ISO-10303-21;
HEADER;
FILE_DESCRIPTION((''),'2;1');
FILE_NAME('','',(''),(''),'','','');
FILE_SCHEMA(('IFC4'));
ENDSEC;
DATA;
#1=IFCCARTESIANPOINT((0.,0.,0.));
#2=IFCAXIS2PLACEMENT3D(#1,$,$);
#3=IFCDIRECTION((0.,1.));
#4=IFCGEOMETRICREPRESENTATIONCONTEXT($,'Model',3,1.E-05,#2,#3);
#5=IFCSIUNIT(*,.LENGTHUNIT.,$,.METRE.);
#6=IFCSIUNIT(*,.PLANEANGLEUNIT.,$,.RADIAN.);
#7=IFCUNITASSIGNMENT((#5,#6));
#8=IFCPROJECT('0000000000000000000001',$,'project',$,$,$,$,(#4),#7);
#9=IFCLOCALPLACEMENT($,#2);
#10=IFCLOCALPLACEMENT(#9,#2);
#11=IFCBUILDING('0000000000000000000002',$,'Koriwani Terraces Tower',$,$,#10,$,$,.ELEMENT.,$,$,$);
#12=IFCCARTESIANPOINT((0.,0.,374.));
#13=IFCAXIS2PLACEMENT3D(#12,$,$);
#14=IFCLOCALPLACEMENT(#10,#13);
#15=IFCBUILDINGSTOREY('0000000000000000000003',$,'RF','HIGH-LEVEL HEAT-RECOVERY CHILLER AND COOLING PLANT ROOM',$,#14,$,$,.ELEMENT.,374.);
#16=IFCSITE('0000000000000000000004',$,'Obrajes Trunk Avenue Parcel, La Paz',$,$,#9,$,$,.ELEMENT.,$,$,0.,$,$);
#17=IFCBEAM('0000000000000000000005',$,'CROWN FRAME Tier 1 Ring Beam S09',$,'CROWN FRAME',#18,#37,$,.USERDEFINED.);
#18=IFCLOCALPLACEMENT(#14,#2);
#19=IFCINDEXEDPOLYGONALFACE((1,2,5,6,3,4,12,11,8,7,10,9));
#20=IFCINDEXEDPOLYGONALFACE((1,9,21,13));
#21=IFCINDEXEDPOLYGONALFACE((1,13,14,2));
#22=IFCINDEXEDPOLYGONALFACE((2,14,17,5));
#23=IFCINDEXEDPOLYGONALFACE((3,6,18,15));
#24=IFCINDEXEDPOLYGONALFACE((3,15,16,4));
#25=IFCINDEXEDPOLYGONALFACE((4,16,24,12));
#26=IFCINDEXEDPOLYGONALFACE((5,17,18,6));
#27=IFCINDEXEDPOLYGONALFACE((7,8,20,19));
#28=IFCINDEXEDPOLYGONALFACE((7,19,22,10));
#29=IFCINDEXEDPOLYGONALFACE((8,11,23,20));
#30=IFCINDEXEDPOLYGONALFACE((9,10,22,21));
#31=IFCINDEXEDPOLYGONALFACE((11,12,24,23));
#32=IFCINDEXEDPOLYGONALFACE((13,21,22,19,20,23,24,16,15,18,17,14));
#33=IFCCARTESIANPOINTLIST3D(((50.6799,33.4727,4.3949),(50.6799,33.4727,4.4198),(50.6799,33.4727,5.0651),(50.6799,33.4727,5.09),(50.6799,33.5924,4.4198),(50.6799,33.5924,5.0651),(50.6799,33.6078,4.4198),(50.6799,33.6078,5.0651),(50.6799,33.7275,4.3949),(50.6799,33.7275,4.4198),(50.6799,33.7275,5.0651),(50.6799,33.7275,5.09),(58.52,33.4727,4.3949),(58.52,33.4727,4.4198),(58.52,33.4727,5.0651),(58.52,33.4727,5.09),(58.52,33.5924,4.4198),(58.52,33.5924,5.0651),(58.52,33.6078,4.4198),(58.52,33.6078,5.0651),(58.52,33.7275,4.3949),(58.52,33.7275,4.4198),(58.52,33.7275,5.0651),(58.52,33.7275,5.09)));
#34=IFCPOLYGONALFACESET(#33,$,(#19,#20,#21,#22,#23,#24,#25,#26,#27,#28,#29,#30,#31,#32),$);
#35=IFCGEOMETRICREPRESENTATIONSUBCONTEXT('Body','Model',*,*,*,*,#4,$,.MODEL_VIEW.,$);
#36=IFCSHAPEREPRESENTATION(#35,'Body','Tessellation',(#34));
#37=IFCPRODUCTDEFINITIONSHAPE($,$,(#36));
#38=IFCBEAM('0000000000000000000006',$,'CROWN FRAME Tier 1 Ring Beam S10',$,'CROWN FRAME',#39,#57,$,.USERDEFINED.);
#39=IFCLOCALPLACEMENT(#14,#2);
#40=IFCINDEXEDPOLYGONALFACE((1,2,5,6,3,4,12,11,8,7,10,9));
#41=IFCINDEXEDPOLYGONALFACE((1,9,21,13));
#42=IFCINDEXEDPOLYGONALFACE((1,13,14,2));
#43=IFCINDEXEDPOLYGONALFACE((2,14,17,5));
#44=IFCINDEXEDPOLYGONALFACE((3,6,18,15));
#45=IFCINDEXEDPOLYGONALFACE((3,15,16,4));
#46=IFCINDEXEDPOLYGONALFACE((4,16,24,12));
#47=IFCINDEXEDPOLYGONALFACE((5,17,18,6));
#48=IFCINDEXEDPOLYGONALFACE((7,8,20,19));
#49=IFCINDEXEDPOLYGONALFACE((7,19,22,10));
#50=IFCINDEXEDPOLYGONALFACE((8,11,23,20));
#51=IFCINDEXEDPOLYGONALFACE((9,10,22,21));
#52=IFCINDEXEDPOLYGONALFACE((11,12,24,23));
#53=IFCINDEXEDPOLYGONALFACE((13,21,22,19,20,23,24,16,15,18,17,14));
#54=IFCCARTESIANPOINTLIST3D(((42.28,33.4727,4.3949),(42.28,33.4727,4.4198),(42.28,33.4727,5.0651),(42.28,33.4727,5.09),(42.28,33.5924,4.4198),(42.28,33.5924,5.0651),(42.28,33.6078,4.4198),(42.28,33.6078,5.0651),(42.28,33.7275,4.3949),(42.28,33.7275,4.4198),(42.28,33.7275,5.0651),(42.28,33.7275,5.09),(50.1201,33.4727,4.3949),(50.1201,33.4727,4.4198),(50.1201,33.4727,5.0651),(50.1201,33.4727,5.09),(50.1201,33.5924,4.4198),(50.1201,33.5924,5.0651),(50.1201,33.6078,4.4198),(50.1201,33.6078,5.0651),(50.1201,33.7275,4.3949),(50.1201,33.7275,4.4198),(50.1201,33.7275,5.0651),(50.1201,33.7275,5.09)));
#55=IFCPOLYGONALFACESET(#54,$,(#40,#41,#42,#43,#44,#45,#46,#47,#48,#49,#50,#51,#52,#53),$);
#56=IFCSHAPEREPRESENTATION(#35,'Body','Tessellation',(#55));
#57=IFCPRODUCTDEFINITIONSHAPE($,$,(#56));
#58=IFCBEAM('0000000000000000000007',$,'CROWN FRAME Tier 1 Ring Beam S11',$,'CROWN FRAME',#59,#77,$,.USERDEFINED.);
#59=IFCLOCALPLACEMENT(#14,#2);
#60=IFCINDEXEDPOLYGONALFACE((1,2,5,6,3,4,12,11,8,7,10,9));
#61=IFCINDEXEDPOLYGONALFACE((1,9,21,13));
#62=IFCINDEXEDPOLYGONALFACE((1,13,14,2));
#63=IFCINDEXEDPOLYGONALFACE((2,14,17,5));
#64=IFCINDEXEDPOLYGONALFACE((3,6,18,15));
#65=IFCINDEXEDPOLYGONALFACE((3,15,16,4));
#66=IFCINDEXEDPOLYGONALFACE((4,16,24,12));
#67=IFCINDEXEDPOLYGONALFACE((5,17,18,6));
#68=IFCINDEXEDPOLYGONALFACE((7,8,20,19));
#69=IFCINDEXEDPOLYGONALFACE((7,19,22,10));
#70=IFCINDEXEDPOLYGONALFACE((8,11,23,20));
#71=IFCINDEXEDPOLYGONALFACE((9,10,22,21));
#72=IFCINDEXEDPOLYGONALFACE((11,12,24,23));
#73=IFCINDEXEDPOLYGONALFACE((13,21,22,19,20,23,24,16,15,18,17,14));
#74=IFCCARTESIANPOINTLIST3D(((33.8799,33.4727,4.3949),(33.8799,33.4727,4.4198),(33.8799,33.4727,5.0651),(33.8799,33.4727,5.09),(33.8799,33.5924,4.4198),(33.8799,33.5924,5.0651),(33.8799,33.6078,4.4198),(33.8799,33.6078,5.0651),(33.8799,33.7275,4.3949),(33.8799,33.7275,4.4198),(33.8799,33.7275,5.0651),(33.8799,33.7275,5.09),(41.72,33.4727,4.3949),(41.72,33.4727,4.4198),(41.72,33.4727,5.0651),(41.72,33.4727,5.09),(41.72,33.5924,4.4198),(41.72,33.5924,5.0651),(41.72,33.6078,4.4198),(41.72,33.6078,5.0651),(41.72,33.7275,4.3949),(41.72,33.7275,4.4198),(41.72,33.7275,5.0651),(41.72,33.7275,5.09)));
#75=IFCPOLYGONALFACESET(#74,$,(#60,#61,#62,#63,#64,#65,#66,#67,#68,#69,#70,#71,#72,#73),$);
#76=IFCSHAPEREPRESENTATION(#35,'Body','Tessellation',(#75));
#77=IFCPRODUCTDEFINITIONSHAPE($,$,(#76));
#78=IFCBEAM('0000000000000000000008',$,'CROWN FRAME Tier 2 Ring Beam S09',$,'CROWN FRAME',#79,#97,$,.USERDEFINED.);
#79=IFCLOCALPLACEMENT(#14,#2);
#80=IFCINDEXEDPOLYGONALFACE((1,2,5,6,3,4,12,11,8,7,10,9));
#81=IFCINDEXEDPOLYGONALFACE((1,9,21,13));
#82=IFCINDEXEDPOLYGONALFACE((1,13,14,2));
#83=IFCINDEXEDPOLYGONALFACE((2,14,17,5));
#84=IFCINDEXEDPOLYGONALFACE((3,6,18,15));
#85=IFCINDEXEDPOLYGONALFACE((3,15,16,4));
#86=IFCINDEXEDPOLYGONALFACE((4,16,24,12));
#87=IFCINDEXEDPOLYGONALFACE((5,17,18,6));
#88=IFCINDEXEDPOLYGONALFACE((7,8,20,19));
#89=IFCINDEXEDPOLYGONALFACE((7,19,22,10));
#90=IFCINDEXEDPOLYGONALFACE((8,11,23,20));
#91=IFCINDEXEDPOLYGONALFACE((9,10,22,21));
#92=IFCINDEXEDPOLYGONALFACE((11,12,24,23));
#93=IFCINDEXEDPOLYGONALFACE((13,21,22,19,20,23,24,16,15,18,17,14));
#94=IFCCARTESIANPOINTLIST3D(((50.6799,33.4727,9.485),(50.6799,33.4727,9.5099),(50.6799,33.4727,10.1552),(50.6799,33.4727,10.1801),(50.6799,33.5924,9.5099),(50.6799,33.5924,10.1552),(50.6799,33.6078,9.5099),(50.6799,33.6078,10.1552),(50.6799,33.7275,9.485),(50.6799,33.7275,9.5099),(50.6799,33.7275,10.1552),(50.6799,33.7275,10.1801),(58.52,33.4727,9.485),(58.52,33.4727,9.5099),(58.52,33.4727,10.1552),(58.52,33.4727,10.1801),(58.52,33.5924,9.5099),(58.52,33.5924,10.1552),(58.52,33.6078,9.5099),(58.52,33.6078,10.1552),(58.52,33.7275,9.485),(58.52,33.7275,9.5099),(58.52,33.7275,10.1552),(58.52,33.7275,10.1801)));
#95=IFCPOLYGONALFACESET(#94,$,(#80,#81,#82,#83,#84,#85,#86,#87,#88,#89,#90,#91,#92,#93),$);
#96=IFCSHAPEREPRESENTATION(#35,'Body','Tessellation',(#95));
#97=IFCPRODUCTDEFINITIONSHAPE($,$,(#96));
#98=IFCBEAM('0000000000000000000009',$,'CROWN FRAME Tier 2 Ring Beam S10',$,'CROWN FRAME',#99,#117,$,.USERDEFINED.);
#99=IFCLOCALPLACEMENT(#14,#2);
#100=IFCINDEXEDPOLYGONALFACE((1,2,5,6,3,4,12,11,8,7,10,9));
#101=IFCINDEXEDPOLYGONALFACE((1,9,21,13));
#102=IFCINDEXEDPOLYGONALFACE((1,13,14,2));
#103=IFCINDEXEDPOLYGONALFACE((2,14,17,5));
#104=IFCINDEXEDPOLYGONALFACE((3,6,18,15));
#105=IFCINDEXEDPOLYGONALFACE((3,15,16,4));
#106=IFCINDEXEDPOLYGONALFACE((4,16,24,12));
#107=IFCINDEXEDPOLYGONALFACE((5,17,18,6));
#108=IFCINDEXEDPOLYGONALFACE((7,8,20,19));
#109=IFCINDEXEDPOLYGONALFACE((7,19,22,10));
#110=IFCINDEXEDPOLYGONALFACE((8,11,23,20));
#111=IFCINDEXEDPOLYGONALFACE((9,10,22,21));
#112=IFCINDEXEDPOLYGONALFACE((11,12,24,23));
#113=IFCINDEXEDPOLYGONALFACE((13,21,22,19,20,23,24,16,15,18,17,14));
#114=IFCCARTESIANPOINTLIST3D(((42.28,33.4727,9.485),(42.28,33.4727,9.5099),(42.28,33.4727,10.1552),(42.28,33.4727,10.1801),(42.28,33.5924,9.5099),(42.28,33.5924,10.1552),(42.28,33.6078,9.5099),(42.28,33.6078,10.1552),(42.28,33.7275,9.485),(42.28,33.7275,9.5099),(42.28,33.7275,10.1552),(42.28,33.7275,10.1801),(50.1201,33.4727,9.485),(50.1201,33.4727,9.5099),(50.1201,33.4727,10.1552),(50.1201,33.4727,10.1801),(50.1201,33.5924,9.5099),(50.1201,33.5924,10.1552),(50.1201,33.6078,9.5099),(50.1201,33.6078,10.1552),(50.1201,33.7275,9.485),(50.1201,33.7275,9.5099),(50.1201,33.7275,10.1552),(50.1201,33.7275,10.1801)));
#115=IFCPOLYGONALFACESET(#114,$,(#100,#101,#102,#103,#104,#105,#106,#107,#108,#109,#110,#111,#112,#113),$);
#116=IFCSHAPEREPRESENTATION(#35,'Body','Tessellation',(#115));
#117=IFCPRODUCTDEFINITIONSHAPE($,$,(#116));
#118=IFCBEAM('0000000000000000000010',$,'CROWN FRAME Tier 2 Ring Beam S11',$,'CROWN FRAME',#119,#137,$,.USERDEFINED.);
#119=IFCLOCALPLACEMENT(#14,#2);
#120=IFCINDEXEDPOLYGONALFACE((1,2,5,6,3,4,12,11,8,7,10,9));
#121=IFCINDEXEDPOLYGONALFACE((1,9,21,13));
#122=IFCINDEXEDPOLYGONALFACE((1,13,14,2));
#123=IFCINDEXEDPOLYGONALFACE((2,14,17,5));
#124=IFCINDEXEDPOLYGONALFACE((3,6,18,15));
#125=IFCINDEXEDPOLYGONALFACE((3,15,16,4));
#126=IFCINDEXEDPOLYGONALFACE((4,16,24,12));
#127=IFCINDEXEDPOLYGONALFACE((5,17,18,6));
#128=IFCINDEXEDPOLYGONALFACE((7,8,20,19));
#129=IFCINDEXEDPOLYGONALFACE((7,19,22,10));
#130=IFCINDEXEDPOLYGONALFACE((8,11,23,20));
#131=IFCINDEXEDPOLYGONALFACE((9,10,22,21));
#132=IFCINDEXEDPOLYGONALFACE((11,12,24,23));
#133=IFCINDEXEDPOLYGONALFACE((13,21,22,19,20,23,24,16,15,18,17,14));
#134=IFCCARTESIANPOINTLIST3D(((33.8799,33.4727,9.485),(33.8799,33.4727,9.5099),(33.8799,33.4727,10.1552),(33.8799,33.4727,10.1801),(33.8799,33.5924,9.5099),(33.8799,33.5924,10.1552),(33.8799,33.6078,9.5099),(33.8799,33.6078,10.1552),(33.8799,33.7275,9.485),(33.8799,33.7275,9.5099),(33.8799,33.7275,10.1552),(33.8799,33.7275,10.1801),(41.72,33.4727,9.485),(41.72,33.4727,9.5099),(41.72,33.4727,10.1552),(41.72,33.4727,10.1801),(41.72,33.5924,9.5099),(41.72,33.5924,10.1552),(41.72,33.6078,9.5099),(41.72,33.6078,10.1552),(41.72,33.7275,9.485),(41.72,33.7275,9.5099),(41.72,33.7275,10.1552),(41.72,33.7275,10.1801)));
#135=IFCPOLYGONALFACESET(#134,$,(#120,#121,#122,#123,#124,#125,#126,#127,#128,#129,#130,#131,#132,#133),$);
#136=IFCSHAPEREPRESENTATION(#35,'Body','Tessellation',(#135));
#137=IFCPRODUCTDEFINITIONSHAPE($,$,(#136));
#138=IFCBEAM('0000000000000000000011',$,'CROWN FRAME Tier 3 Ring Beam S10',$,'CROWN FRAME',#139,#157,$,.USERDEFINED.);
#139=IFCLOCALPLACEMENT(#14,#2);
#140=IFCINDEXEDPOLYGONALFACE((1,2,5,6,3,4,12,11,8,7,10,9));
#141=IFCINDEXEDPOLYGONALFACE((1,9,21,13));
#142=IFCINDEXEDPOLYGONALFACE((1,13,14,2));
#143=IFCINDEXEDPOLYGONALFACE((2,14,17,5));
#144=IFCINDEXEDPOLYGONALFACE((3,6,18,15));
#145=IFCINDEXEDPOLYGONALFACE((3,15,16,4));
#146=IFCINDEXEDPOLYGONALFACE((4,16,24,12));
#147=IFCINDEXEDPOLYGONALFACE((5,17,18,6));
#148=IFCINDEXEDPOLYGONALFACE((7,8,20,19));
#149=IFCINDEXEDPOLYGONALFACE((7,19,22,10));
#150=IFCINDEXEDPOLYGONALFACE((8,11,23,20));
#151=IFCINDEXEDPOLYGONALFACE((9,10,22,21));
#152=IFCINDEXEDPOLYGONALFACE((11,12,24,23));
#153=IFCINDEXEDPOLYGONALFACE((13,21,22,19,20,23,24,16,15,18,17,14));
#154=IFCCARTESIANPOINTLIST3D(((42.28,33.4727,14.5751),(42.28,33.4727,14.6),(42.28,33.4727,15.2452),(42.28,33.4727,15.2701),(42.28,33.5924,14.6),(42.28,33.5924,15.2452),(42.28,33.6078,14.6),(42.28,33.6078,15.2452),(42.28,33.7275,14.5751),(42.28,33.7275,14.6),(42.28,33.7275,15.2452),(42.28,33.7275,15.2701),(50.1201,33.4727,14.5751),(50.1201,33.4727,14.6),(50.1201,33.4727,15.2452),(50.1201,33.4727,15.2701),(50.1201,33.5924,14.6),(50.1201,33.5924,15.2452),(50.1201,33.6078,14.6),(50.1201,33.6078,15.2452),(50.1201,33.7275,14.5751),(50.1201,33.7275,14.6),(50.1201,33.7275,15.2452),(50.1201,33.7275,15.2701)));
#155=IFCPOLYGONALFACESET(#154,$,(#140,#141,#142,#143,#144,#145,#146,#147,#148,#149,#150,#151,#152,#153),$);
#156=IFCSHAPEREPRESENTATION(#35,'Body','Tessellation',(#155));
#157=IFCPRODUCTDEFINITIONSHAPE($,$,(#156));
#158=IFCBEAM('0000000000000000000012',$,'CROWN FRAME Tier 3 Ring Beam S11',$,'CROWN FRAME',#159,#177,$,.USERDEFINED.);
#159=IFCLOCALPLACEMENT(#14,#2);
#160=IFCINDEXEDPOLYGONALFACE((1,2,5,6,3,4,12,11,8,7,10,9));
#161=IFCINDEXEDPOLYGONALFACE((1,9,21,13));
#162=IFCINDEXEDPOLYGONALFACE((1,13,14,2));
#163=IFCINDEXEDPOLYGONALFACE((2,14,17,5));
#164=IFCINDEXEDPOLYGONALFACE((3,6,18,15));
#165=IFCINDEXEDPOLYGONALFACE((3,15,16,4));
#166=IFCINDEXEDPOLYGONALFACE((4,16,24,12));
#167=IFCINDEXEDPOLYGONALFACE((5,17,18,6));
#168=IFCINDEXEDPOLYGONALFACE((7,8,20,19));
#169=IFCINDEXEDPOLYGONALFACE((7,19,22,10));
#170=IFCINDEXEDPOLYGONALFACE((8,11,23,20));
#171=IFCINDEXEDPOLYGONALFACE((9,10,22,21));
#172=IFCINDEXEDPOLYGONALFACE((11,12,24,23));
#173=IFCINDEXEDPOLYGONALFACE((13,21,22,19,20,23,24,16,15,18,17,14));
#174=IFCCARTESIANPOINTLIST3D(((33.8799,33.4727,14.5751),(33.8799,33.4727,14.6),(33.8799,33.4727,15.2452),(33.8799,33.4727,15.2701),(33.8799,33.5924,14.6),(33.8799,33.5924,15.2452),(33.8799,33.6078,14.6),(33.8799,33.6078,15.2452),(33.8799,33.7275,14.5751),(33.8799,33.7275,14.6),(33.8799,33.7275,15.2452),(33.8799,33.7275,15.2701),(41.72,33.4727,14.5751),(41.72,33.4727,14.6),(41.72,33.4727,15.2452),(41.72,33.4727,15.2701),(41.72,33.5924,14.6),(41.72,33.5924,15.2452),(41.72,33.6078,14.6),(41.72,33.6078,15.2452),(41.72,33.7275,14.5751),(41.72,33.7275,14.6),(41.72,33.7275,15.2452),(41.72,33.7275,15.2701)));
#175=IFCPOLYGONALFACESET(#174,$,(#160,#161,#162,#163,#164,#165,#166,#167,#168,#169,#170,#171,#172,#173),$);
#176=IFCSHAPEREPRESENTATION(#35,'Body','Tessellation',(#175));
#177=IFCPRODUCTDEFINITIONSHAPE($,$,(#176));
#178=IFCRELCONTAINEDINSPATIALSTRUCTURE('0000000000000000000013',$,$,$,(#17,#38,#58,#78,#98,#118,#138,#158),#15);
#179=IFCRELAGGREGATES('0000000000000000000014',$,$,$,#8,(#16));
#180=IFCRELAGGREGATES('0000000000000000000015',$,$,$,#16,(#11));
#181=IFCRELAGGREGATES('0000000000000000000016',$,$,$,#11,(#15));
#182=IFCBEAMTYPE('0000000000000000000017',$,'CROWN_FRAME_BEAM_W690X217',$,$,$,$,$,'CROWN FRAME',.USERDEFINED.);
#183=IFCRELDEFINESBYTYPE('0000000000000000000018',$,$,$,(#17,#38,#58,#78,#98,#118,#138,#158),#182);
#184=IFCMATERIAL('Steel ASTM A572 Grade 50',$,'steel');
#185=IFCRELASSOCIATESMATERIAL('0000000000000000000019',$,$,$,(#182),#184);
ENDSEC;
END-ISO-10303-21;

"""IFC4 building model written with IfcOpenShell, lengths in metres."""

from ifc_helpers import new_model, si_unit, direction, frame, origin, origin_2d, place, context, subcontext, project, spatial, i_section, extrude, material, material_profile, profile_set, type_object, element, save


model = new_model("IFC4")

# Units and contexts
model_context = context("Model", 3, precision=1e-05, world=origin(), true_north=direction((0.0, 1.0)))
body_context = subcontext(model_context, "Body", "Model", "MODEL_VIEW")
ifc_project = project(units=[si_unit("LENGTHUNIT", "METRE"), si_unit("PLANEANGLEUNIT", "RADIAN")], contexts=[model_context])

# Site, building, storey
site_placement = place(None, origin())
site = spatial("IfcSite", under=ifc_project, at=site_placement, Name="Obrajes Trunk Avenue Parcel, La Paz", CompositionType="ELEMENT", RefElevation=0.0)
building_placement = place(site_placement, origin())
building = spatial("IfcBuilding", under=site, at=building_placement, Name="Koriwani Terraces Tower", CompositionType="ELEMENT")
storey_placement = place(building_placement, frame((0.0, 0.0, 374.0)))
storey = spatial("IfcBuildingStorey", under=building, at=storey_placement, Name="RF", Description="HIGH-LEVEL HEAT-RECOVERY CHILLER AND COOLING PLANT ROOM", CompositionType="ELEMENT", Elevation=374.0)

# Beams
ifc_material_1 = material(Name="Steel ASTM A572 Grade 50", Category="steel")
ifc_material_profile_1 = material_profile(ifc_material_1, i_section(OverallWidth=0.2549, OverallDepth=0.6951, WebThickness=0.0154, FlangeThickness=0.0249, at=origin_2d()), Name="Steel ASTM A572 Grade 50", Category="LoadBearing")
ifc_profile_set_1 = profile_set([ifc_material_profile_1], Name="Steel ASTM A572 Grade 50")
beam_type = type_object("IfcBeamType", Name="CROWN_FRAME_BEAM_W690X217", ElementType="CROWN FRAME", PredefinedType="USERDEFINED", material=ifc_profile_set_1)
for number, where, z_axis, x_axis, name in (
    (1, (58.52, 33.6001, 4.7424), (-1.0, 0.0, 0.0), (0.0, -1.0, 0.0), "CROWN FRAME Tier 1 Ring Beam S09"),
    (2, (50.1201, 33.6001, 4.7424), (-1.0, 0.0, 0.0), (0.0, -1.0, 0.0), "CROWN FRAME Tier 1 Ring Beam S10"),
    (3, (41.72, 33.6001, 4.7424), (-1.0, 0.0, 0.0), (0.0, -1.0, 0.0), "CROWN FRAME Tier 1 Ring Beam S11"),
    (4, (58.52, 33.6001, 9.8325), (-1.0, 0.0, 0.0), (0.0, -1.0, 0.0), "CROWN FRAME Tier 2 Ring Beam S09"),
    (5, (50.1201, 33.6001, 9.8325), (-1.0, 0.0, 0.0), (0.0, -1.0, 0.0), "CROWN FRAME Tier 2 Ring Beam S10"),
    (6, (41.72, 33.6001, 9.8325), (-1.0, 0.0, 0.0), (0.0, -1.0, 0.0), "CROWN FRAME Tier 2 Ring Beam S11"),
    (7, (50.1201, 33.6001, 14.9226), (-1.0, 0.0, 0.0), (0.0, -1.0, 0.0), "CROWN FRAME Tier 3 Ring Beam S10"),
    (8, (41.72, 33.6001, 14.9226), (-1.0, 0.0, 0.0), (0.0, -1.0, 0.0), "CROWN FRAME Tier 3 Ring Beam S11"),
):
    element("IfcBeam", number, at=place(storey_placement, frame(where, z_axis=z_axis, x_axis=x_axis)), inside=storey, type_object=beam_type, Name=name, ObjectType="CROWN FRAME", PredefinedType="USERDEFINED", context=body_context, shape_type="SweptSolid", body=[
        extrude(i_section(OverallWidth=0.2549, OverallDepth=0.6951, WebThickness=0.0154, FlangeThickness=0.0249, at=origin_2d()), origin(), (0.0, 0.0, 1.0), 7.8401),
    ])

save(model, "model.ifc")
